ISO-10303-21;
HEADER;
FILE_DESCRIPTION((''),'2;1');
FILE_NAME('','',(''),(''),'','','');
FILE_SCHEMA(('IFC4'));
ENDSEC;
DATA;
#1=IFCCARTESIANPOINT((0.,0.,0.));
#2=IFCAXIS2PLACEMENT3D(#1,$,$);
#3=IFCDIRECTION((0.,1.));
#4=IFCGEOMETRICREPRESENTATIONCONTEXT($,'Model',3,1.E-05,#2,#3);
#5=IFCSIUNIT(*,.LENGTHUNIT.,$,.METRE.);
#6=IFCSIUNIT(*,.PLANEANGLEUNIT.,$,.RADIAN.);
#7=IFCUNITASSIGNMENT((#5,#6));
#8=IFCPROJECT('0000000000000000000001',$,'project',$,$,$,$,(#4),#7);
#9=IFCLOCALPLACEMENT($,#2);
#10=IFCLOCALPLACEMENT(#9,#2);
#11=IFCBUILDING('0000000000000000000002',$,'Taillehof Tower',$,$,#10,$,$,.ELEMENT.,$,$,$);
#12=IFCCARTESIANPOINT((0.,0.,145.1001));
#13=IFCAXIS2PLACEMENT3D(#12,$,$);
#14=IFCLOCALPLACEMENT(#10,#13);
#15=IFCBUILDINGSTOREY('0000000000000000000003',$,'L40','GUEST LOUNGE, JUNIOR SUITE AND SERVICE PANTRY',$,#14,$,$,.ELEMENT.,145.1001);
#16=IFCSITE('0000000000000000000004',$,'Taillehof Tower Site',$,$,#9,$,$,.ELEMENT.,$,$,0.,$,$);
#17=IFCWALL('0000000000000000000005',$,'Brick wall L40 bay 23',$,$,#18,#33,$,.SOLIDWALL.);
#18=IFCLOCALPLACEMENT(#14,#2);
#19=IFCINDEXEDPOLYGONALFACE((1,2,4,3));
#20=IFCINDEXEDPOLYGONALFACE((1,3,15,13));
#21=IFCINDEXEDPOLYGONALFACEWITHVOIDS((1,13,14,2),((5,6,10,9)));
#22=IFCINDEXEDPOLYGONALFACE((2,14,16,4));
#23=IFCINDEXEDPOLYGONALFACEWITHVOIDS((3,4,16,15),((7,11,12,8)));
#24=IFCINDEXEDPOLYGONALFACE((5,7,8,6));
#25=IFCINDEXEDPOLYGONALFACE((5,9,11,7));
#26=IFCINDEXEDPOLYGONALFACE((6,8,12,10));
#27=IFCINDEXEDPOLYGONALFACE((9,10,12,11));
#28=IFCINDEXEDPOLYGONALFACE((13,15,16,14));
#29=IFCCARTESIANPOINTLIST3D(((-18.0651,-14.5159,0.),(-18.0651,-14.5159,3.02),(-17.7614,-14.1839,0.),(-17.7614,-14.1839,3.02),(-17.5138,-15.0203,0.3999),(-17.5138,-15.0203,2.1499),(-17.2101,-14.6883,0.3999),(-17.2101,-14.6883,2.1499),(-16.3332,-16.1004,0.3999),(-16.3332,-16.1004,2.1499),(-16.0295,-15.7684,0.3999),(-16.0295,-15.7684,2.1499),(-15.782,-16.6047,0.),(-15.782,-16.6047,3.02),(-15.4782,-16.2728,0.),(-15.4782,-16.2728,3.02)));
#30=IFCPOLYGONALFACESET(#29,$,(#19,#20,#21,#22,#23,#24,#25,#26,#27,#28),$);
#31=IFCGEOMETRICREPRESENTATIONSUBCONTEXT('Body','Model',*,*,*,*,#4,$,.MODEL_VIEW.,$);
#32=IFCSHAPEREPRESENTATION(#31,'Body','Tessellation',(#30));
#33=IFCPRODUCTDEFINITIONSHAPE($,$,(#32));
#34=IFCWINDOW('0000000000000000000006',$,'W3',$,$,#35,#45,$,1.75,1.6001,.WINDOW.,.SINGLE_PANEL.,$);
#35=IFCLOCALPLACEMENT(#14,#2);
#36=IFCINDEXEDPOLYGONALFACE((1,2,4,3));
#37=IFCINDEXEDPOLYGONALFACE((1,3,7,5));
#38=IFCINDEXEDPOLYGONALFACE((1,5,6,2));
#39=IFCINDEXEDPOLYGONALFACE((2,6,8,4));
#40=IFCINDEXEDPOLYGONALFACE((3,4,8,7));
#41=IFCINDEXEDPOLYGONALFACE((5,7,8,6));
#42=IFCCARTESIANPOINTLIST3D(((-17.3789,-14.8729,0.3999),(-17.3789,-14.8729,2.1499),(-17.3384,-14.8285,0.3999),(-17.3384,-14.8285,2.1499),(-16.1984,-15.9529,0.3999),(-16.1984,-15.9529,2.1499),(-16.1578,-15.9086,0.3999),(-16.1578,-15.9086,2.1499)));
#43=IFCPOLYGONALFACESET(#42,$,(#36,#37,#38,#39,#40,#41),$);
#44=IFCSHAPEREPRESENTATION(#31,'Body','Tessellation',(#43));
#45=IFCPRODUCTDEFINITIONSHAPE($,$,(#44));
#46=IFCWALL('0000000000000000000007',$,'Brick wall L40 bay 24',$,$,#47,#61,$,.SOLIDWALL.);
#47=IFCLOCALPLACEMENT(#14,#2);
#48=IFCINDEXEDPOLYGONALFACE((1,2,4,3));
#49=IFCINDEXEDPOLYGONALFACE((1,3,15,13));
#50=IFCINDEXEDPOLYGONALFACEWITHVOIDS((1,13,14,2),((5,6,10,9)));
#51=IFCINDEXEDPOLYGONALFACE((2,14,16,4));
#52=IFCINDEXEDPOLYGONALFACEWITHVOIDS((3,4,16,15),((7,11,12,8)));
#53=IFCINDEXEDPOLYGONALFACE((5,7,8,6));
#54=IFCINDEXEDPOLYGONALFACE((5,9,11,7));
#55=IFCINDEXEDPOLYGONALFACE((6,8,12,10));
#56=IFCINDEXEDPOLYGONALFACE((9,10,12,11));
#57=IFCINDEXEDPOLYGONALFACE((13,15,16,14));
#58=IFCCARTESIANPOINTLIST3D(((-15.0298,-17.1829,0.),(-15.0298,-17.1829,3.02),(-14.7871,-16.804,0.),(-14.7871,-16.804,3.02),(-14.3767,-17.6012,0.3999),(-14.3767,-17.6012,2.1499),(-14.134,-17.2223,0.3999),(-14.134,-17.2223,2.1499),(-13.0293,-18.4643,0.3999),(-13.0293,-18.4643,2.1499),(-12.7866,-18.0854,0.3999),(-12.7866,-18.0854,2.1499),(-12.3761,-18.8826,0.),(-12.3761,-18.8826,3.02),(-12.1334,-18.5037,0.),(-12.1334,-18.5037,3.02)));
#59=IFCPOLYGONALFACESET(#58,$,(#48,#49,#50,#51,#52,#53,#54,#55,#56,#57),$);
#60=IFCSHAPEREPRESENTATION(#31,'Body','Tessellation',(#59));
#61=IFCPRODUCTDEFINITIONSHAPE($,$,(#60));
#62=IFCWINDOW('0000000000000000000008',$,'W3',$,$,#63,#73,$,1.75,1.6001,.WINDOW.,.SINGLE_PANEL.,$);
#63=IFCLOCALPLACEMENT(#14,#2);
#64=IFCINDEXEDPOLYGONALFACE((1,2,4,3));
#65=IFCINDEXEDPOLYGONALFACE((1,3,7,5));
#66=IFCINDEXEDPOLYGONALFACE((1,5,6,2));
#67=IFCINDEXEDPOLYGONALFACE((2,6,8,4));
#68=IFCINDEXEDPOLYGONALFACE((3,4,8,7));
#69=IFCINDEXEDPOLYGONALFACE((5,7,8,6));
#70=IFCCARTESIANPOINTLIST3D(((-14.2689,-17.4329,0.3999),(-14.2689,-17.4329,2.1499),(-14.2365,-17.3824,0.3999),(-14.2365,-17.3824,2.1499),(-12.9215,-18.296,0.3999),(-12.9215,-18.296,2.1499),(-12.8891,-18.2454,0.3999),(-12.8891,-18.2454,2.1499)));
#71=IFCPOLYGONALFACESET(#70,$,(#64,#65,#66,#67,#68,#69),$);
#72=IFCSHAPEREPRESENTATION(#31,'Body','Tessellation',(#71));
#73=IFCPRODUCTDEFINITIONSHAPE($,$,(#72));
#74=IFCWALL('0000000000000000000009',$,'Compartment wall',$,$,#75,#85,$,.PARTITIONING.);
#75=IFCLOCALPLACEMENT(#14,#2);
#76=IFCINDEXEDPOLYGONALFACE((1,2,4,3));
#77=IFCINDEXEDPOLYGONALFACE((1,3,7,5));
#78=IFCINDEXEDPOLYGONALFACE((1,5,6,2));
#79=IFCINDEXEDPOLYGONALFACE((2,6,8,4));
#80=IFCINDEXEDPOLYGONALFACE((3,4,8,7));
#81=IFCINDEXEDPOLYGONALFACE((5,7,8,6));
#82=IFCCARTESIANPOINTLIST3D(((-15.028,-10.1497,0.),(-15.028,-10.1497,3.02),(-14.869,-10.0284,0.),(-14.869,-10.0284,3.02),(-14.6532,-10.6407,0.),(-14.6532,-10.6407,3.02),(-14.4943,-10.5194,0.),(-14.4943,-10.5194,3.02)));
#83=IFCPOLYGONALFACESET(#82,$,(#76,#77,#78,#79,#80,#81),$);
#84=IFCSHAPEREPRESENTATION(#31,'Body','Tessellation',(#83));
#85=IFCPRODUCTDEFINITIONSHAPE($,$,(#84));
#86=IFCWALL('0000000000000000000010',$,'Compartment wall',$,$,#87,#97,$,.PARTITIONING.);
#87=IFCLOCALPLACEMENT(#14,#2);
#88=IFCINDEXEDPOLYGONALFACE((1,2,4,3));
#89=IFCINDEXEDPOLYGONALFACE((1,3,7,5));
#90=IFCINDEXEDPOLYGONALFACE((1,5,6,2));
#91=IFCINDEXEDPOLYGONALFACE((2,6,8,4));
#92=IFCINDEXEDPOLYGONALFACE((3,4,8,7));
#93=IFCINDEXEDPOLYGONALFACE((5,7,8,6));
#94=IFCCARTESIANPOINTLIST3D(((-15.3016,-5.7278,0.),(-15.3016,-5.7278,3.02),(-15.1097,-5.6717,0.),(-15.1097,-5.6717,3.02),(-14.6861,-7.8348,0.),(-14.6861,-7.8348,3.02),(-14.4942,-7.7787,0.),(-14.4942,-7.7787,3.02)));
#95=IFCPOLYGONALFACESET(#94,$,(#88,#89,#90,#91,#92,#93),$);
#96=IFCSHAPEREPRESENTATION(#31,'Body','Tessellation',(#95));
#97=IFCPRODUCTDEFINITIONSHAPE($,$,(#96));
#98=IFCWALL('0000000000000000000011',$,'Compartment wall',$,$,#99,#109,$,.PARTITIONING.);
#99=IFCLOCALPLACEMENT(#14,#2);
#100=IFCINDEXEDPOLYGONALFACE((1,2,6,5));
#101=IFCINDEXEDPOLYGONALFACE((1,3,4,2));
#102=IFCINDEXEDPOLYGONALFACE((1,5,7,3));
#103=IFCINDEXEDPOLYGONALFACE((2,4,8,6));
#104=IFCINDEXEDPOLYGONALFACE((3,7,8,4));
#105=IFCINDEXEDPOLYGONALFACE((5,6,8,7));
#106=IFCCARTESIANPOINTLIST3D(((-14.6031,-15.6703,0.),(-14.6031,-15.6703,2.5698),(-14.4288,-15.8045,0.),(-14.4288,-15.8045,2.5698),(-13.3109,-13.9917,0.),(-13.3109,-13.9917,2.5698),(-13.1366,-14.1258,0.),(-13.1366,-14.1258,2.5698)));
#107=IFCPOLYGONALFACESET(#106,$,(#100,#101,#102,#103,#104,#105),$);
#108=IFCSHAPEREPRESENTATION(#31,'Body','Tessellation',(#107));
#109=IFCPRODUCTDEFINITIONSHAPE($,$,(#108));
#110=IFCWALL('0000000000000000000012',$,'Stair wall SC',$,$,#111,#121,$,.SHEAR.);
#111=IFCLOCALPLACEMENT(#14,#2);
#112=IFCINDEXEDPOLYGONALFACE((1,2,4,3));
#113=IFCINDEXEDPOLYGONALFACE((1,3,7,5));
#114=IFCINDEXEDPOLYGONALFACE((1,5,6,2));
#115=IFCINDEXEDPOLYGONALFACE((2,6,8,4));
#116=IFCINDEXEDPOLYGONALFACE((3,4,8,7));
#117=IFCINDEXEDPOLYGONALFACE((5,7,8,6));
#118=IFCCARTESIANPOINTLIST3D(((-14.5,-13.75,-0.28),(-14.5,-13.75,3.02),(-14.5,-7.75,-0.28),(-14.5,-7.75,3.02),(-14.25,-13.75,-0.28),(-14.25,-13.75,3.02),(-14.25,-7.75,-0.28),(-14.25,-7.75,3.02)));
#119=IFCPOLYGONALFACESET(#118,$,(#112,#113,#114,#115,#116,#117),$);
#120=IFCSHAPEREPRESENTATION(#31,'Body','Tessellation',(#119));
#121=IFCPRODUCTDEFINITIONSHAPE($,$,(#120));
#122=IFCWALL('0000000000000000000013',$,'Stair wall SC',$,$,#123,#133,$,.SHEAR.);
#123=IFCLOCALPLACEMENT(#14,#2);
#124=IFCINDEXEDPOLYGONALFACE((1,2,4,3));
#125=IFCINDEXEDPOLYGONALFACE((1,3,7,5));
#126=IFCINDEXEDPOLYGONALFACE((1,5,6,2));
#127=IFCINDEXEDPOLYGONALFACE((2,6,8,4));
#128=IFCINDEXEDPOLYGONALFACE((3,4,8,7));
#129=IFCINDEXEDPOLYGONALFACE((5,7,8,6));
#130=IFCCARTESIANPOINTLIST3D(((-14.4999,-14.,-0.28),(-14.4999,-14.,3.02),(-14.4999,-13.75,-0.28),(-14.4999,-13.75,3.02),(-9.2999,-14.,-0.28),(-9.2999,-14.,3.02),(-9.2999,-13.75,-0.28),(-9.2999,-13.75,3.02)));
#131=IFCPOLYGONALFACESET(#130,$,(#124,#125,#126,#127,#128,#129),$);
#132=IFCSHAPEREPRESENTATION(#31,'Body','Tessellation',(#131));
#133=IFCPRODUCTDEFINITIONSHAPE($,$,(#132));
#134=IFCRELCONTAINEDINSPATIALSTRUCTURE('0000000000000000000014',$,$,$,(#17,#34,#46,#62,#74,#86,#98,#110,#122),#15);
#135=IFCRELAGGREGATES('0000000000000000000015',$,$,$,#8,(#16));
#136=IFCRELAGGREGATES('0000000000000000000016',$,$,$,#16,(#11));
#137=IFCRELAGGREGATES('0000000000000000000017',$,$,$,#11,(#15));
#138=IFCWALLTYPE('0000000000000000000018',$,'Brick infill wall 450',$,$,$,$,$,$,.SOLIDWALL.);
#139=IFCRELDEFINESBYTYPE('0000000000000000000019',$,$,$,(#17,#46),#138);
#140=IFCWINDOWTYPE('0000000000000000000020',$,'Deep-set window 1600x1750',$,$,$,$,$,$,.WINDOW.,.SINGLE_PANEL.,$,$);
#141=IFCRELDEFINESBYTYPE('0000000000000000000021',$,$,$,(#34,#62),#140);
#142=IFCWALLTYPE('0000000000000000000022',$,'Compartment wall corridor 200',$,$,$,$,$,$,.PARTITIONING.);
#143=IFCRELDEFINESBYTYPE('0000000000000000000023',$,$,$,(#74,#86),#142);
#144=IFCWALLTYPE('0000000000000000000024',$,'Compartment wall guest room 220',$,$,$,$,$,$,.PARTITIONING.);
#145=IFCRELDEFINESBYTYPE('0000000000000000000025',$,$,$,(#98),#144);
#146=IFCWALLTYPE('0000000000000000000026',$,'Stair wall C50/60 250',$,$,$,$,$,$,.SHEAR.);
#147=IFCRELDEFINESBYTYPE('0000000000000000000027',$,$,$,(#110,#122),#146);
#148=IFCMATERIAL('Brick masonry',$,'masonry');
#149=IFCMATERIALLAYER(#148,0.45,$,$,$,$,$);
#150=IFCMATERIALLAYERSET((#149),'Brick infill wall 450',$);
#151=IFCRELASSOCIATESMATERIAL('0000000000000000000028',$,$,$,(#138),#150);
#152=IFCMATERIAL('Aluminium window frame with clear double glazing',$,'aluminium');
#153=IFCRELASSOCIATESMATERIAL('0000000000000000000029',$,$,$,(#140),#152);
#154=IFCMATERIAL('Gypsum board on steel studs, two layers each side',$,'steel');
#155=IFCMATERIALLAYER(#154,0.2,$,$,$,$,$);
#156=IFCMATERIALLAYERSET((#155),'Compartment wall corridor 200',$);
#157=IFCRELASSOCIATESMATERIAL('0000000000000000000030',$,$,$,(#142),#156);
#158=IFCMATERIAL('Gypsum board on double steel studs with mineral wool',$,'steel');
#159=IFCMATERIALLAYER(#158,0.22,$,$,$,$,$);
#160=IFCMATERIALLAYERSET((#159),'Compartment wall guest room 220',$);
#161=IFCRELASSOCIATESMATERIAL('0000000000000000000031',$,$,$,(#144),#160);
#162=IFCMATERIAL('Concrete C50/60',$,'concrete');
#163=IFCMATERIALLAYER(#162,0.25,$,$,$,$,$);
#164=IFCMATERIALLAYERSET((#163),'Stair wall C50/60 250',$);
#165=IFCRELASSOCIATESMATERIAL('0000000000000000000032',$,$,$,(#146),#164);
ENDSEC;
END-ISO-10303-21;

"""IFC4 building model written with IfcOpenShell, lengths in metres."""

from ifc_helpers import new_model, si_unit, direction, frame, frame_2d, origin, place, context, subcontext, project, spatial, rectangle, extrude, material, layer, layer_set, type_object, element, fill, save


model = new_model("IFC4")

# Units and contexts
model_context = context("Model", 3, precision=1e-05, world=origin(), true_north=direction((0.0, 1.0)))
body_context = subcontext(model_context, "Body", "Model", "MODEL_VIEW")
ifc_project = project(units=[si_unit("LENGTHUNIT", "METRE"), si_unit("PLANEANGLEUNIT", "RADIAN")], contexts=[model_context])

# Site, building, storey
site_placement = place(None, origin())
site = spatial("IfcSite", under=ifc_project, at=site_placement, Name="Taillehof Tower Site", CompositionType="ELEMENT", RefElevation=0.0)
building_placement = place(site_placement, origin())
building = spatial("IfcBuilding", under=site, at=building_placement, Name="Taillehof Tower", CompositionType="ELEMENT")
storey_placement = place(building_placement, frame((0.0, 0.0, 145.1001)))
storey = spatial("IfcBuildingStorey", under=building, at=storey_placement, Name="L40", Description="GUEST LOUNGE, JUNIOR SUITE AND SERVICE PANTRY", CompositionType="ELEMENT", Elevation=145.1001)

# Walls, openings, windows
ifc_material_1 = material(Name="Brick masonry", Category="masonry")
ifc_layer_1 = layer(ifc_material_1, 0.45)
ifc_layer_set_1 = layer_set([ifc_layer_1], Name="Brick infill wall 450")
wall_type_1 = type_object("IfcWallType", Name="Brick infill wall 450", PredefinedType="SOLIDWALL", material=ifc_layer_set_1)
ifc_material_2 = material(Name="Aluminium window frame with clear double glazing", Category="aluminium")
window_type = type_object("IfcWindowType", Name="Deep-set window 1600x1750", PartitioningType="SINGLE_PANEL", PredefinedType="WINDOW", material=ifc_material_2)
wall_1_placement = place(storey_placement, frame((-17.9133, -14.3499, 0.0), z_axis=(0.0, 0.0, 1.0), x_axis=(0.737809, -0.67501, 0.0)))
wall_1 = element("IfcWall", 1, at=wall_1_placement, inside=storey, type_object=wall_type_1, Name="Brick wall L40 bay 23", PredefinedType="SOLIDWALL", context=body_context, shape_type="SweptSolid", body=[
    extrude(rectangle(XDim=3.0945, YDim=0.45, at=frame_2d((1.5474, 0.0))), origin(), (0.0, 0.0, 1.0), 3.02),
])
opening_1_placement = place(wall_1_placement, frame((0.7473, 0.0, 0.3999)))
opening_1 = element("IfcOpeningElement", 2, at=opening_1_placement, cuts=wall_1, PredefinedType="OPENING", context=body_context, shape_type="SweptSolid", body=[
    extrude(rectangle(XDim=1.6001, YDim=1.75, at=frame_2d((0.8, 0.875))), frame((0.0, 0.2349, 0.0), z_axis=(0.0, -1.0, 0.0), x_axis=(1.0, 0.0, 0.0)), (0.0, 0.0, 1.0), 0.47),
])
window_1_placement = place(opening_1_placement, origin())
window_1 = element("IfcWindow", 3, at=window_1_placement, inside=storey, type_object=window_type, Name="W3", OverallHeight=1.75, OverallWidth=1.6001, PartitioningType="SINGLE_PANEL", PredefinedType="WINDOW", context=body_context, shape_type="SweptSolid", body=[
    extrude(rectangle(XDim=1.6001, YDim=1.75, at=frame_2d((0.8, 0.875))), frame((0.0, 0.0349, 0.0), z_axis=(0.0, -1.0, 0.0), x_axis=(1.0, 0.0, 0.0)), (0.0, 0.0, 1.0), 0.0601),
])
fill(opening_1, window_1)
wall_2_placement = place(storey_placement, frame((-14.9084, -16.9934, 0.0), z_axis=(0.0, 0.0, 1.0), x_axis=(0.842066, -0.539375, 0.0)))
wall_2 = element("IfcWall", 4, at=wall_2_placement, inside=storey, type_object=wall_type_1, Name="Brick wall L40 bay 24", PredefinedType="SOLIDWALL", context=body_context, shape_type="SweptSolid", body=[
    extrude(rectangle(XDim=3.1514, YDim=0.45, at=frame_2d((1.5757, 0.0))), origin(), (0.0, 0.0, 1.0), 3.02),
])
opening_2_placement = place(wall_2_placement, frame((0.7756, 0.0, 0.3999)))
opening_2 = element("IfcOpeningElement", 5, at=opening_2_placement, cuts=wall_2, PredefinedType="OPENING", context=body_context, shape_type="SweptSolid", body=[
    extrude(rectangle(XDim=1.6001, YDim=1.75, at=frame_2d((0.8, 0.875))), frame((0.0, 0.2349, 0.0), z_axis=(0.0, -1.0, 0.0), x_axis=(1.0, 0.0, 0.0)), (0.0, 0.0, 1.0), 0.47),
])
window_2_placement = place(opening_2_placement, origin())
window_2 = element("IfcWindow", 6, at=window_2_placement, inside=storey, type_object=window_type, Name="W3", OverallHeight=1.75, OverallWidth=1.6001, PartitioningType="SINGLE_PANEL", PredefinedType="WINDOW", context=body_context, shape_type="SweptSolid", body=[
    extrude(rectangle(XDim=1.6001, YDim=1.75, at=frame_2d((0.8, 0.875))), frame((0.0, 0.0349, 0.0), z_axis=(0.0, -1.0, 0.0), x_axis=(1.0, 0.0, 0.0)), (0.0, 0.0, 1.0), 0.0601),
])
fill(opening_2, window_2)

# Walls
ifc_material_3 = material(Name="Gypsum board on steel studs, two layers each side", Category="steel")
ifc_layer_2 = layer(ifc_material_3, 0.2)
ifc_layer_set_2 = layer_set([ifc_layer_2], Name="Compartment wall corridor 200")
wall_type_2 = type_object("IfcWallType", Name="Compartment wall corridor 200", PredefinedType="PARTITIONING", material=ifc_layer_set_2)
wall_3_placement = place(storey_placement, frame((-14.5737, -10.5801, 0.0), z_axis=(0.0, 0.0, 1.0), x_axis=(-0.606746, 0.794896, 0.0)))
element("IfcWall", 7, at=wall_3_placement, inside=storey, type_object=wall_type_2, Name="Compartment wall", PredefinedType="PARTITIONING", context=body_context, shape_type="SweptSolid", body=[
    extrude(rectangle(XDim=0.6177, YDim=0.2, at=frame_2d((0.3088, 0.0))), origin(), (0.0, 0.0, 1.0), 3.02),
])
wall_4_placement = place(storey_placement, frame((-14.5901, -7.8069, 0.0), z_axis=(0.0, 0.0, 1.0), x_axis=(-0.280401, 0.959883, 0.0)))
element("IfcWall", 8, at=wall_4_placement, inside=storey, type_object=wall_type_2, Name="Compartment wall", PredefinedType="PARTITIONING", context=body_context, shape_type="SweptSolid", body=[
    extrude(rectangle(XDim=2.1951, YDim=0.2, at=frame_2d((1.0977, 0.0))), origin(), (0.0, 0.0, 1.0), 3.02),
])
ifc_material_4 = material(Name="Gypsum board on double steel studs with mineral wool", Category="steel")
ifc_layer_3 = layer(ifc_material_4, 0.22)
ifc_layer_set_3 = layer_set([ifc_layer_3], Name="Compartment wall guest room 220")
wall_type_3 = type_object("IfcWallType", Name="Compartment wall guest room 220", PredefinedType="PARTITIONING", material=ifc_layer_set_3)
wall_5_placement = place(storey_placement, frame((-14.5159, -15.7373, 0.0), z_axis=(0.0, 0.0, 1.0), x_axis=(0.609984, 0.792414, 0.0)))
element("IfcWall", 9, at=wall_5_placement, inside=storey, type_object=wall_type_3, Name="Compartment wall", PredefinedType="PARTITIONING", context=body_context, shape_type="SweptSolid", body=[
    extrude(rectangle(XDim=2.1184, YDim=0.22, at=frame_2d((1.0591, 0.0))), origin(), (0.0, 0.0, 1.0), 2.5698),
])
ifc_material_5 = material(Name="Concrete C50/60", Category="concrete")
ifc_layer_4 = layer(ifc_material_5, 0.25)
ifc_layer_set_4 = layer_set([ifc_layer_4], Name="Stair wall C50/60 250")
wall_type_4 = type_object("IfcWallType", Name="Stair wall C50/60 250", PredefinedType="SHEAR", material=ifc_layer_set_4)
wall_6_placement = place(storey_placement, frame((-14.375, -13.75, -0.28), z_axis=(0.0, 0.0, 1.0), x_axis=(0.0, 1.0, 0.0)))
element("IfcWall", 10, at=wall_6_placement, inside=storey, type_object=wall_type_4, Name="Stair wall SC", PredefinedType="SHEAR", context=body_context, shape_type="SweptSolid", body=[
    extrude(rectangle(XDim=6.0, YDim=0.25, at=frame_2d((3.0, 0.0))), origin(), (0.0, 0.0, 1.0), 3.3),
])
wall_7_placement = place(storey_placement, frame((-14.5, -13.875, -0.28), z_axis=(0.0, 0.0, 1.0), x_axis=(1.0, 0.0, 0.0)))
element("IfcWall", 11, at=wall_7_placement, inside=storey, type_object=wall_type_4, Name="Stair wall SC", PredefinedType="SHEAR", context=body_context, shape_type="SweptSolid", body=[
    extrude(rectangle(XDim=5.2, YDim=0.25, at=frame_2d((2.6001, 0.0))), origin(), (0.0, 0.0, 1.0), 3.3),
])

save(model, "model.ifc")
